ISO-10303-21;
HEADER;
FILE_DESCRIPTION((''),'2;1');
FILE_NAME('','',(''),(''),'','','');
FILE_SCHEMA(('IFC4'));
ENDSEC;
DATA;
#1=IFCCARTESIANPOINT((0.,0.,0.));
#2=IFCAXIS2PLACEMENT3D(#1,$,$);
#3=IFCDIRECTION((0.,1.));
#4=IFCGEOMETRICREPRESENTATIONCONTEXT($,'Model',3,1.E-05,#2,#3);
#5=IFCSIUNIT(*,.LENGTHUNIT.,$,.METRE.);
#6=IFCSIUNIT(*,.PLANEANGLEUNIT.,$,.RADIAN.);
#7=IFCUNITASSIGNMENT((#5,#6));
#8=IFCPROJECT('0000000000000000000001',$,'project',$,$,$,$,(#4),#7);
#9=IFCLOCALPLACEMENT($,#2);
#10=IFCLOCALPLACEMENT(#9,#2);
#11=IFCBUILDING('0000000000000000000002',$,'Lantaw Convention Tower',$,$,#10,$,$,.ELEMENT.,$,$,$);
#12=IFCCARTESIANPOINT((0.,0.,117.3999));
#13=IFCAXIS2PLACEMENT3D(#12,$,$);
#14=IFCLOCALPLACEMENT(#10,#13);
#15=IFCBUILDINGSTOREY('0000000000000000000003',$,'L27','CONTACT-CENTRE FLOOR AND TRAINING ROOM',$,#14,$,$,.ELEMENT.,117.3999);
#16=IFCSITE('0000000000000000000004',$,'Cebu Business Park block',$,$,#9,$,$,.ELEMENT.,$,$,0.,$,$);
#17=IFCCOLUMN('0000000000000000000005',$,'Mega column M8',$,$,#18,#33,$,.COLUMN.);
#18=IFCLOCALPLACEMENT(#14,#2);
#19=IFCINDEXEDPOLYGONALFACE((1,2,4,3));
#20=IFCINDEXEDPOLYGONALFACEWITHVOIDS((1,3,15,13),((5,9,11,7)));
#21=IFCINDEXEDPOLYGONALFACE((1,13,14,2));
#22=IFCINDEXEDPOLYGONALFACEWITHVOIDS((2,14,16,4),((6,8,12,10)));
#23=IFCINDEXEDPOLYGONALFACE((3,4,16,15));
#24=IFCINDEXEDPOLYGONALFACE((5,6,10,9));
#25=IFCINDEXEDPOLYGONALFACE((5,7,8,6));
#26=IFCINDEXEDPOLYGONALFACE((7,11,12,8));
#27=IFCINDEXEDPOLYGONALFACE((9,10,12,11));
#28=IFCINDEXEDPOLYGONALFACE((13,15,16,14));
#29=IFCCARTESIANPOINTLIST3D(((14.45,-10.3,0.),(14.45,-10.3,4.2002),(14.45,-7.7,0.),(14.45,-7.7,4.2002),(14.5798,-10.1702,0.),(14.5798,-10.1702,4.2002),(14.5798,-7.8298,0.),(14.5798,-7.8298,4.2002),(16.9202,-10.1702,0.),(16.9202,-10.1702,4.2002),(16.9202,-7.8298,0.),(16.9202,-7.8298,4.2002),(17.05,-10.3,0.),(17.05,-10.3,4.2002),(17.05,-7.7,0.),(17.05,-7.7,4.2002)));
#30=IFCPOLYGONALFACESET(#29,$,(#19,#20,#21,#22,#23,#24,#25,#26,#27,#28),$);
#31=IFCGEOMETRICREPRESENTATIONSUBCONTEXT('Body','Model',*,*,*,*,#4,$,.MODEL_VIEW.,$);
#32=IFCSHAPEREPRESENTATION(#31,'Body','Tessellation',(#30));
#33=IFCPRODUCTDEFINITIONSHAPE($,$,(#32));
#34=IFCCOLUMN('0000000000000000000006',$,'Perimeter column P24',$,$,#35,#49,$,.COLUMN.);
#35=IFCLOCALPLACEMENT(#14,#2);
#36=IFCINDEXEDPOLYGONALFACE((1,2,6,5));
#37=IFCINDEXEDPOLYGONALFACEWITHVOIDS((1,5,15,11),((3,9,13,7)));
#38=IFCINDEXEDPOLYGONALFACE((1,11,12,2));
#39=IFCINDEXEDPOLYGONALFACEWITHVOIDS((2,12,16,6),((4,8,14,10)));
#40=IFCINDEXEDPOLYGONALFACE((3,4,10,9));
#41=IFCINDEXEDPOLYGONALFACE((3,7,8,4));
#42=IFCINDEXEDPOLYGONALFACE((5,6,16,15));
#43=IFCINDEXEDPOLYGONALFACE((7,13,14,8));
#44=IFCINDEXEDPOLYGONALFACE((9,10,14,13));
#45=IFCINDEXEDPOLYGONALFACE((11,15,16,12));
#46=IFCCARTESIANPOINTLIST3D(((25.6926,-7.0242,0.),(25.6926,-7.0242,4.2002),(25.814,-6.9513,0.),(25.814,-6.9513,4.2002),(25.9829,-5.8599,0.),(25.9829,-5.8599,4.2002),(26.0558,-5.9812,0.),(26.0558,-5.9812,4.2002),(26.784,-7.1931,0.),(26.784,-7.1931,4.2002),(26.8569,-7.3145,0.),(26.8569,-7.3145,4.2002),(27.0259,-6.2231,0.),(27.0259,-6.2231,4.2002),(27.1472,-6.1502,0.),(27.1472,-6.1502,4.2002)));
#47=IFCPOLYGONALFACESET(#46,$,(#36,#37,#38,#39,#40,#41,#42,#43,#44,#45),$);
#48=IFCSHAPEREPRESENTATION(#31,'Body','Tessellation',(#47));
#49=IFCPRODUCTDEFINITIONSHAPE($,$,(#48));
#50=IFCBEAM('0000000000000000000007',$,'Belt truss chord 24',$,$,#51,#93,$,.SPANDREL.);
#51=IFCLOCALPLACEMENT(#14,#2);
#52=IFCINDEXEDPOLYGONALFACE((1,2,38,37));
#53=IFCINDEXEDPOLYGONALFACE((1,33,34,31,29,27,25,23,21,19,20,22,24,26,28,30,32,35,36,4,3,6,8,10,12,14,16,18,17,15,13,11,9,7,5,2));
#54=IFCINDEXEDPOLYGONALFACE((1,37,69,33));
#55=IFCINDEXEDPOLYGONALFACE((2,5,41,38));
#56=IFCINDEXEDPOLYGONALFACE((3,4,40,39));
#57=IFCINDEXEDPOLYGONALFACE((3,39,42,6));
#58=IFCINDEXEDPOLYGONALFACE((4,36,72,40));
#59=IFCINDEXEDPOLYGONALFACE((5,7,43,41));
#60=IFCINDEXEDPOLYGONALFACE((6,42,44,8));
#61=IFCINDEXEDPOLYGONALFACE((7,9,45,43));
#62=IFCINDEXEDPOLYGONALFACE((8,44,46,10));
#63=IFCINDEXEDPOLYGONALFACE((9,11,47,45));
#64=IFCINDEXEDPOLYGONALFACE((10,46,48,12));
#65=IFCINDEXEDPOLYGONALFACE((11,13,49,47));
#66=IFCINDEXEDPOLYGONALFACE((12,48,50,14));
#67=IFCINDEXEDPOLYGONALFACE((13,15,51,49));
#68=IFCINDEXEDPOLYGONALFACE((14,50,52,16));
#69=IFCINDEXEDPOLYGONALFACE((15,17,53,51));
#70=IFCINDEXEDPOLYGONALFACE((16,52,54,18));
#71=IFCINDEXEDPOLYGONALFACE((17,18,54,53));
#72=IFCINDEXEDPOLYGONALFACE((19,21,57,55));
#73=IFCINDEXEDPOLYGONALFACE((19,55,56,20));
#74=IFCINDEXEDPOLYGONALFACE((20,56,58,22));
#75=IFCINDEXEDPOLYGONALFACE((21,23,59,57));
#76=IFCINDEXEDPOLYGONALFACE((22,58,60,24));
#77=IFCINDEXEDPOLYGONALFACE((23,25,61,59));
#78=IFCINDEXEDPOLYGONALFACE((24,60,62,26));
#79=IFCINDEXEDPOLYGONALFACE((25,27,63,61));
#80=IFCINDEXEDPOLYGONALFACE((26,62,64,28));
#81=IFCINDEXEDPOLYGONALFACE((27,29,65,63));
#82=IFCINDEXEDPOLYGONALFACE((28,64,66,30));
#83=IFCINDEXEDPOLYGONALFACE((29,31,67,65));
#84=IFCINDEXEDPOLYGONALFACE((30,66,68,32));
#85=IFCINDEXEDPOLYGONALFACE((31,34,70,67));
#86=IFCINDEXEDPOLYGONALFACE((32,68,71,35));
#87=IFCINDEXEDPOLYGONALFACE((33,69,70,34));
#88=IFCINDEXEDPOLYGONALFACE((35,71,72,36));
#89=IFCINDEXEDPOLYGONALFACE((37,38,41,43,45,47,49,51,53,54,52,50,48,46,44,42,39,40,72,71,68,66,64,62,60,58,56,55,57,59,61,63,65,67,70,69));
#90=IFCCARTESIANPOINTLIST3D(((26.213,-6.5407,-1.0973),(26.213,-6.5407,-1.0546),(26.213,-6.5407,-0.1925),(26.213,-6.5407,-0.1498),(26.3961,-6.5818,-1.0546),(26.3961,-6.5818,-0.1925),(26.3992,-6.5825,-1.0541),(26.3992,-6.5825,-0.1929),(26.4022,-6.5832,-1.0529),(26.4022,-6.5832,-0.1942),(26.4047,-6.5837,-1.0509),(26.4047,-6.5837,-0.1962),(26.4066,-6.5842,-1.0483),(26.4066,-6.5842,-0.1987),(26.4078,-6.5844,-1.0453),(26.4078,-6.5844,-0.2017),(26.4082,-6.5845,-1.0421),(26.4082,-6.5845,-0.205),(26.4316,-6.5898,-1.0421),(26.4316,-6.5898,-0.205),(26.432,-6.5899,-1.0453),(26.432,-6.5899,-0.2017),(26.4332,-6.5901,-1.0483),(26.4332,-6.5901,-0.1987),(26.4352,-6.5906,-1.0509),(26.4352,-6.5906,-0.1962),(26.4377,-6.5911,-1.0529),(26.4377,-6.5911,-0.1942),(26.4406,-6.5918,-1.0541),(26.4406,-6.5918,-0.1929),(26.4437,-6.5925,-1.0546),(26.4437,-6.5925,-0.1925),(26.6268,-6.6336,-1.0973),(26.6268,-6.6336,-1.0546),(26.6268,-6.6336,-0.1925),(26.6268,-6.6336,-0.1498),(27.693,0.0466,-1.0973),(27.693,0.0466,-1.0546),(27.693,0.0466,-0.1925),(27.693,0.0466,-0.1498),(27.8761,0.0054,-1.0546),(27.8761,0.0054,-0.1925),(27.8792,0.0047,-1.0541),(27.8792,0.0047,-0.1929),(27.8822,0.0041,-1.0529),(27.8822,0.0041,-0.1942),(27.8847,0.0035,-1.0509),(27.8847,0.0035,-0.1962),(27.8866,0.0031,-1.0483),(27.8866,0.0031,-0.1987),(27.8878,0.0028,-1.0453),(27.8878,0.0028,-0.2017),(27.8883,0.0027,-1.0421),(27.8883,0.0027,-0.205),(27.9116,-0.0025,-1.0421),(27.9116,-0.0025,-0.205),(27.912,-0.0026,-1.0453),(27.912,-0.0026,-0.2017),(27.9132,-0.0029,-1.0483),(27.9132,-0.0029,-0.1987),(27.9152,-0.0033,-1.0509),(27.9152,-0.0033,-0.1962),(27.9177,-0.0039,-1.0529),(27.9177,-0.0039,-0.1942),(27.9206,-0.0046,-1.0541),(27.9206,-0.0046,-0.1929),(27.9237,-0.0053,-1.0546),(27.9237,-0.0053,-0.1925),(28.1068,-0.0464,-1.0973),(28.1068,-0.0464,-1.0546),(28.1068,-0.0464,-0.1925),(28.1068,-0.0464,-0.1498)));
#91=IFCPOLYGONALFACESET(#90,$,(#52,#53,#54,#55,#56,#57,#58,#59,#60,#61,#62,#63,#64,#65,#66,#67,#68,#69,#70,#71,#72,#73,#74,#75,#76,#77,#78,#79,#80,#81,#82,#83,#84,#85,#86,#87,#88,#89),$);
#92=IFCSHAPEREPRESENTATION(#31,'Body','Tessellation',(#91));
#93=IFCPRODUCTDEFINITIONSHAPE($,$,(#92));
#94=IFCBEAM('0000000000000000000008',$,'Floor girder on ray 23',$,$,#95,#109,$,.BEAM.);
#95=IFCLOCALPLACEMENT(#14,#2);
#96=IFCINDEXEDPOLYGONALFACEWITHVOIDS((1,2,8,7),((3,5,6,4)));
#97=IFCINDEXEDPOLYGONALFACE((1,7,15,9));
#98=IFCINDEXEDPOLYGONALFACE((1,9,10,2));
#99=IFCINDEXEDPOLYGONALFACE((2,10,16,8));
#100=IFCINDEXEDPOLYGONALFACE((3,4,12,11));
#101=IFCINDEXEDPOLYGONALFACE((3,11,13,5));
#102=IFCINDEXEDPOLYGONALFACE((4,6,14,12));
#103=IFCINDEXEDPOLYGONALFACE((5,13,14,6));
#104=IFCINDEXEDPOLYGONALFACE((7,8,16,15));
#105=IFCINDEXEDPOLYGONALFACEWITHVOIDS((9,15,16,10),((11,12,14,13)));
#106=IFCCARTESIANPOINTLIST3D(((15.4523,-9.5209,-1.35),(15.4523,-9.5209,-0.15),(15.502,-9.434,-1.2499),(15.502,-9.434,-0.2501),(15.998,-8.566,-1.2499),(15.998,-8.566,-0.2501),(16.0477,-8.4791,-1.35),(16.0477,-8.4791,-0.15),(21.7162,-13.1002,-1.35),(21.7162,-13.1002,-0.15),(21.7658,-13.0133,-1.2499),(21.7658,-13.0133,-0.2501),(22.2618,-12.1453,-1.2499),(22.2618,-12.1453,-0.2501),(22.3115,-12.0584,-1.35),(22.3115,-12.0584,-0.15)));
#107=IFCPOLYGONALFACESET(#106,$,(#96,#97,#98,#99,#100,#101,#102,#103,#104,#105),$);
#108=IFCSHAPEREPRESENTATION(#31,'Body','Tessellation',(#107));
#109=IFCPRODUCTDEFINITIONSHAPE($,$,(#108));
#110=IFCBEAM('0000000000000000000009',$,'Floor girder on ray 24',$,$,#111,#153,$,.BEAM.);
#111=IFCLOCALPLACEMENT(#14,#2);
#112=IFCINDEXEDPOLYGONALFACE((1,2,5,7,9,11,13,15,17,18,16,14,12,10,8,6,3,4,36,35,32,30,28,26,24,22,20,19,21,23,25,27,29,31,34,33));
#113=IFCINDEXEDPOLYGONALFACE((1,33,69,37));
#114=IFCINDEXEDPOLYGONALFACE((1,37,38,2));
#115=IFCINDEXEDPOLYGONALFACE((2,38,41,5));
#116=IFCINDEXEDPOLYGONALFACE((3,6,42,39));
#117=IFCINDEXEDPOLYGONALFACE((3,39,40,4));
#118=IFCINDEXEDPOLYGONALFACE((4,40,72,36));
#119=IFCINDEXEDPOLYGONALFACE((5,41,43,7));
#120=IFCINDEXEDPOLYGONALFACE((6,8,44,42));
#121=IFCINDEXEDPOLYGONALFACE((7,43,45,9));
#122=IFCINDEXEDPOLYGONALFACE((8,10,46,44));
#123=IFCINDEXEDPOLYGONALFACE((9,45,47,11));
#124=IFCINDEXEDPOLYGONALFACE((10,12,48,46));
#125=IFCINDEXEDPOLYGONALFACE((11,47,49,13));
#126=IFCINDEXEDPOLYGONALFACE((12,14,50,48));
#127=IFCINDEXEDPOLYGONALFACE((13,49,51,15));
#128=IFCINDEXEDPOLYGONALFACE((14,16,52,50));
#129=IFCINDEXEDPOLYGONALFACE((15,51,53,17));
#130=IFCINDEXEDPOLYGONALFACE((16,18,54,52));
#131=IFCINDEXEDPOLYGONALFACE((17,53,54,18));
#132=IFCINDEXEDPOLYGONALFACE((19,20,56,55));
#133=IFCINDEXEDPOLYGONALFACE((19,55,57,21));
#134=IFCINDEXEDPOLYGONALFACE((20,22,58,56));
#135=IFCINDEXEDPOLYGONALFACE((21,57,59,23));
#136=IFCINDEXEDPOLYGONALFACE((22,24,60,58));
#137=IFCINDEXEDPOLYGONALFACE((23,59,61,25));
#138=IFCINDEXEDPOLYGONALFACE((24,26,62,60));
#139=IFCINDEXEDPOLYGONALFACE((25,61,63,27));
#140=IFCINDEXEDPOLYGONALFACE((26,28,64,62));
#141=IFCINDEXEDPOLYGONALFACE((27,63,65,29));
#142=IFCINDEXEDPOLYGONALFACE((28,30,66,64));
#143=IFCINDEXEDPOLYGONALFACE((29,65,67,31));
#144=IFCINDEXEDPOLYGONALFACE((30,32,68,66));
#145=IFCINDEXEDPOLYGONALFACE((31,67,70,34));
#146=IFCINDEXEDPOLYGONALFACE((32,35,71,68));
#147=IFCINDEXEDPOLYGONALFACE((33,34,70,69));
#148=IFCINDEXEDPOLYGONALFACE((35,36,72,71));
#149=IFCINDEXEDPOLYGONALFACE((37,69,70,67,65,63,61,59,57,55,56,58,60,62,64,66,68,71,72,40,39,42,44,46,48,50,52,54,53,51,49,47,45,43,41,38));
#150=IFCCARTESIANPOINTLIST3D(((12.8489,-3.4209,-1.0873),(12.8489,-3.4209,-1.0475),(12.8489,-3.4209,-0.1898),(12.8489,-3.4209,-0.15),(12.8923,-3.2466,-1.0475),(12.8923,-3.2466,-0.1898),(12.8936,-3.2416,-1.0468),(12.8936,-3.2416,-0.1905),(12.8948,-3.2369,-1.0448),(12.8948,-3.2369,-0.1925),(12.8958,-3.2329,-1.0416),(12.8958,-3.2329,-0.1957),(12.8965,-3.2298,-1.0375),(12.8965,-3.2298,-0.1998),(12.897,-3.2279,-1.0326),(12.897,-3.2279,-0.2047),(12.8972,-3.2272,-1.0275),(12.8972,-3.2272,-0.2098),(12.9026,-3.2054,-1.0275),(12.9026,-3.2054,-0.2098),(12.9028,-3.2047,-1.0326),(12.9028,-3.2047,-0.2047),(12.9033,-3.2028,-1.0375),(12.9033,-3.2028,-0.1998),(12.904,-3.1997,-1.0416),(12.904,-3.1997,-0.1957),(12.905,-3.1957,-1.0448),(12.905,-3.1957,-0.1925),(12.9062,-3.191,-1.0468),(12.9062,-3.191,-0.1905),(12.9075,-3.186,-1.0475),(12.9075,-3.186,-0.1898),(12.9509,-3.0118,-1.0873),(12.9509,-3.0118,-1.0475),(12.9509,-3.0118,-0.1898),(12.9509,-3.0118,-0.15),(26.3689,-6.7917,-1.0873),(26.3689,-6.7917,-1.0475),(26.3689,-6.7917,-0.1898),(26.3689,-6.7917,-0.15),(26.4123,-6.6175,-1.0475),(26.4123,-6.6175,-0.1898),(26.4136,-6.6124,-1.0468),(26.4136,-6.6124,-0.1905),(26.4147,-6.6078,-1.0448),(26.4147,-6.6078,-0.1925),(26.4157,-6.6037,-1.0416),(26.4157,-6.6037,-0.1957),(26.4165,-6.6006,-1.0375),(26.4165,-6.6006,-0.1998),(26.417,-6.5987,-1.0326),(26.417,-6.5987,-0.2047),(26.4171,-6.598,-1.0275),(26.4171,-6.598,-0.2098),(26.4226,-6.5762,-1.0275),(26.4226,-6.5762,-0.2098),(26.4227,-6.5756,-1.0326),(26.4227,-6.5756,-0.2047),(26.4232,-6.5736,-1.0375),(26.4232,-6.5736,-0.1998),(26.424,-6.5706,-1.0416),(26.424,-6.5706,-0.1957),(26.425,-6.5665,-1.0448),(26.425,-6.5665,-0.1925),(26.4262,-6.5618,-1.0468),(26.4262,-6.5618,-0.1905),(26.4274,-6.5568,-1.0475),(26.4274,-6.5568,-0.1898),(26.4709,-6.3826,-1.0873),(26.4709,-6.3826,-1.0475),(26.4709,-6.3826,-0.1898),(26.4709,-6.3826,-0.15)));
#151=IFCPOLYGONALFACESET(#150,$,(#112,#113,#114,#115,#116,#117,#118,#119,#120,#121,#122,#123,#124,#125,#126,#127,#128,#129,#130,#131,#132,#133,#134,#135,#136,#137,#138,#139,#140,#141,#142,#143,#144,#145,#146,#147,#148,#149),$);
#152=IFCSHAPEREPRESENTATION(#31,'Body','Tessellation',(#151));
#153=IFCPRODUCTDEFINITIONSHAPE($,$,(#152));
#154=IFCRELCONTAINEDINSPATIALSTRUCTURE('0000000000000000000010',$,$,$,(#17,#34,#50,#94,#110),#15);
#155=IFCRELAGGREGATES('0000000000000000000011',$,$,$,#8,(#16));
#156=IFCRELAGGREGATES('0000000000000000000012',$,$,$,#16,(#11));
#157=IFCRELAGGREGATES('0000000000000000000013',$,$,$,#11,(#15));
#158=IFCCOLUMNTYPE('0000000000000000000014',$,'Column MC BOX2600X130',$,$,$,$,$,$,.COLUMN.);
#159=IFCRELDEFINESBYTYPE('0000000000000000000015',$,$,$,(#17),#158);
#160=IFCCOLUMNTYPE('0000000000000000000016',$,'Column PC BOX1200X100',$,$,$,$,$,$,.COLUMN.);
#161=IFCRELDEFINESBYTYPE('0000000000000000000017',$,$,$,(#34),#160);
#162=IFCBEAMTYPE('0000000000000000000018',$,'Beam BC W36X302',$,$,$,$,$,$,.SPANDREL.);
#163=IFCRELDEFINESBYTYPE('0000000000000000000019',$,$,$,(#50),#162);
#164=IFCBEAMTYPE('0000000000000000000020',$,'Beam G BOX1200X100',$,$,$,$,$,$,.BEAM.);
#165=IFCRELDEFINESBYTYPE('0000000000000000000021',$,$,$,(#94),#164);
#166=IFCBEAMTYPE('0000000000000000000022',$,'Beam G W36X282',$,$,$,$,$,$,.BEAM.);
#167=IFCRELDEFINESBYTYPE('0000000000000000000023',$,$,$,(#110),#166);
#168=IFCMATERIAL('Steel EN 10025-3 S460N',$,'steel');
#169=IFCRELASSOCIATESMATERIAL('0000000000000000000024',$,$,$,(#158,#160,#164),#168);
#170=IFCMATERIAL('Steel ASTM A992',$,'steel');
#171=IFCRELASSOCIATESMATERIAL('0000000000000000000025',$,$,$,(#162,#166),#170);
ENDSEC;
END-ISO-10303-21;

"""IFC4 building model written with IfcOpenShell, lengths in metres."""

from ifc_helpers import new_model, si_unit, direction, frame, origin, origin_2d, place, context, subcontext, project, spatial, rectangle, hollow_rectangle, i_section, extrude, material, material_profile, profile_set, type_object, element, save


model = new_model("IFC4")

# Units and contexts
model_context = context("Model", 3, precision=1e-05, world=origin(), true_north=direction((0.0, 1.0)))
body_context = subcontext(model_context, "Body", "Model", "MODEL_VIEW")
ifc_project = project(units=[si_unit("LENGTHUNIT", "METRE"), si_unit("PLANEANGLEUNIT", "RADIAN")], contexts=[model_context])

# Site, building, storey
site_placement = place(None, origin())
site = spatial("IfcSite", under=ifc_project, at=site_placement, Name="Cebu Business Park block", CompositionType="ELEMENT", RefElevation=0.0)
building_placement = place(site_placement, origin())
building = spatial("IfcBuilding", under=site, at=building_placement, Name="Lantaw Convention Tower", CompositionType="ELEMENT")
storey_placement = place(building_placement, frame((0.0, 0.0, 117.3999)))
storey = spatial("IfcBuildingStorey", under=building, at=storey_placement, Name="L27", Description="CONTACT-CENTRE FLOOR AND TRAINING ROOM", CompositionType="ELEMENT", Elevation=117.3999)

# Columns
ifc_material_1 = material(Name="Steel EN 10025-3 S460N", Category="steel")
ifc_material_profile_1 = material_profile(ifc_material_1, hollow_rectangle(XDim=2.6001, YDim=2.6001, WallThickness=0.1299, at=origin_2d()), Name="BOX2600X130")
ifc_material_2 = material(Name="Concrete C60/75", Category="concrete")
ifc_material_profile_2 = material_profile(ifc_material_2, rectangle(XDim=2.3401, YDim=2.3401, at=origin_2d()), Name="Concrete fill of BOX2600X130")
ifc_profile_set_1 = profile_set([ifc_material_profile_1, ifc_material_profile_2], Name="Steel EN 10025-3 S460N")
column_type_1 = type_object("IfcColumnType", Name="Column MC BOX2600X130", PredefinedType="COLUMN", material=ifc_profile_set_1)
column_1_placement = place(storey_placement, frame((15.75, -9.0, 0.0), z_axis=(0.0, 0.0, 1.0), x_axis=(1.0, 0.0, 0.0)))
element("IfcColumn", 1, at=column_1_placement, inside=storey, type_object=column_type_1, Name="Mega column M8", PredefinedType="COLUMN", context=body_context, shape_type="SweptSolid", body=[
    extrude(hollow_rectangle(XDim=2.6001, YDim=2.6001, WallThickness=0.1299, at=origin_2d()), origin(), (0.0, 0.0, 1.0), 4.2002),
])
ifc_material_profile_3 = material_profile(ifc_material_1, hollow_rectangle(XDim=1.2, YDim=1.2, WallThickness=0.1001, at=origin_2d()), Name="BOX1200X100")
ifc_material_profile_4 = material_profile(ifc_material_2, rectangle(XDim=1.0, YDim=1.0, at=origin_2d()), Name="Concrete fill of BOX1200X100")
ifc_profile_set_2 = profile_set([ifc_material_profile_3, ifc_material_profile_4], Name="Steel EN 10025-3 S460N")
column_type_2 = type_object("IfcColumnType", Name="Column PC BOX1200X100", PredefinedType="COLUMN", material=ifc_profile_set_2)
column_2_placement = place(storey_placement, frame((26.4199, -6.5872, 0.0), z_axis=(0.0, 0.0, 1.0), x_axis=(0.241922, 0.970296, 0.0)))
element("IfcColumn", 2, at=column_2_placement, inside=storey, type_object=column_type_2, Name="Perimeter column P24", PredefinedType="COLUMN", context=body_context, shape_type="SweptSolid", body=[
    extrude(hollow_rectangle(XDim=1.2, YDim=1.2, WallThickness=0.1001, at=origin_2d()), origin(), (0.0, 0.0, 1.0), 4.2002),
])

# Beams
ifc_material_3 = material(Name="Steel ASTM A992", Category="steel")
ifc_material_profile_5 = material_profile(ifc_material_3, i_section(OverallWidth=0.4241, OverallDepth=0.9475, WebThickness=0.0239, FlangeThickness=0.0427, FilletRadius=0.0125, at=origin_2d()), Name="W36X302")
ifc_profile_set_3 = profile_set([ifc_material_profile_5], Name="Steel ASTM A992")
beam_type_1 = type_object("IfcBeamType", Name="Beam BC W36X302", PredefinedType="SPANDREL", material=ifc_profile_set_3)
beam_1_placement = place(storey_placement, frame((26.4199, -6.5872, -0.6235), z_axis=(0.219212, 0.975677, 0.0), x_axis=(-0.975677, 0.219212, 0.0)))
element("IfcBeam", 3, at=beam_1_placement, inside=storey, type_object=beam_type_1, Name="Belt truss chord 24", PredefinedType="SPANDREL", context=body_context, shape_type="SweptSolid", body=[
    extrude(i_section(OverallWidth=0.4241, OverallDepth=0.9475, WebThickness=0.0239, FlangeThickness=0.0427, FilletRadius=0.0125, at=origin_2d()), origin(), (0.0, 0.0, 1.0), 6.7515),
])
ifc_material_profile_6 = material_profile(ifc_material_1, hollow_rectangle(XDim=1.2, YDim=1.2, WallThickness=0.1001, at=origin_2d()), Name="BOX1200X100")
ifc_profile_set_4 = profile_set([ifc_material_profile_6], Name="Steel EN 10025-3 S460N")
beam_type_2 = type_object("IfcBeamType", Name="Beam G BOX1200X100", PredefinedType="BEAM", material=ifc_profile_set_4)
beam_2_placement = place(storey_placement, frame((15.75, -9.0, -0.75), z_axis=(0.868245, -0.496135, 0.0), x_axis=(0.496135, 0.868245, 0.0)))
element("IfcBeam", 4, at=beam_2_placement, inside=storey, type_object=beam_type_2, Name="Floor girder on ray 23", PredefinedType="BEAM", context=body_context, shape_type="SweptSolid", body=[
    extrude(hollow_rectangle(XDim=1.2, YDim=1.2, WallThickness=0.1001, at=origin_2d()), origin(), (0.0, 0.0, 1.0), 7.2144),
])
ifc_material_profile_7 = material_profile(ifc_material_3, i_section(OverallWidth=0.4216, OverallDepth=0.9373, WebThickness=0.0225, FlangeThickness=0.0398, FilletRadius=0.02, at=origin_2d()), Name="W36X282")
ifc_profile_set_5 = profile_set([ifc_material_profile_7], Name="Steel ASTM A992")
beam_type_3 = type_object("IfcBeamType", Name="Beam G W36X282", PredefinedType="BEAM", material=ifc_profile_set_5)
beam_3_placement = place(storey_placement, frame((12.8999, -3.2163, -0.6187), z_axis=(0.970297, -0.241917, 0.0), x_axis=(0.241917, 0.970297, 0.0)))
element("IfcBeam", 5, at=beam_3_placement, inside=storey, type_object=beam_type_3, Name="Floor girder on ray 24", PredefinedType="BEAM", context=body_context, shape_type="SweptSolid", body=[
    extrude(i_section(OverallWidth=0.4216, OverallDepth=0.9373, WebThickness=0.0225, FlangeThickness=0.0398, FilletRadius=0.02, at=origin_2d()), origin(), (0.0, 0.0, 1.0), 13.9338),
])

save(model, "model.ifc")
